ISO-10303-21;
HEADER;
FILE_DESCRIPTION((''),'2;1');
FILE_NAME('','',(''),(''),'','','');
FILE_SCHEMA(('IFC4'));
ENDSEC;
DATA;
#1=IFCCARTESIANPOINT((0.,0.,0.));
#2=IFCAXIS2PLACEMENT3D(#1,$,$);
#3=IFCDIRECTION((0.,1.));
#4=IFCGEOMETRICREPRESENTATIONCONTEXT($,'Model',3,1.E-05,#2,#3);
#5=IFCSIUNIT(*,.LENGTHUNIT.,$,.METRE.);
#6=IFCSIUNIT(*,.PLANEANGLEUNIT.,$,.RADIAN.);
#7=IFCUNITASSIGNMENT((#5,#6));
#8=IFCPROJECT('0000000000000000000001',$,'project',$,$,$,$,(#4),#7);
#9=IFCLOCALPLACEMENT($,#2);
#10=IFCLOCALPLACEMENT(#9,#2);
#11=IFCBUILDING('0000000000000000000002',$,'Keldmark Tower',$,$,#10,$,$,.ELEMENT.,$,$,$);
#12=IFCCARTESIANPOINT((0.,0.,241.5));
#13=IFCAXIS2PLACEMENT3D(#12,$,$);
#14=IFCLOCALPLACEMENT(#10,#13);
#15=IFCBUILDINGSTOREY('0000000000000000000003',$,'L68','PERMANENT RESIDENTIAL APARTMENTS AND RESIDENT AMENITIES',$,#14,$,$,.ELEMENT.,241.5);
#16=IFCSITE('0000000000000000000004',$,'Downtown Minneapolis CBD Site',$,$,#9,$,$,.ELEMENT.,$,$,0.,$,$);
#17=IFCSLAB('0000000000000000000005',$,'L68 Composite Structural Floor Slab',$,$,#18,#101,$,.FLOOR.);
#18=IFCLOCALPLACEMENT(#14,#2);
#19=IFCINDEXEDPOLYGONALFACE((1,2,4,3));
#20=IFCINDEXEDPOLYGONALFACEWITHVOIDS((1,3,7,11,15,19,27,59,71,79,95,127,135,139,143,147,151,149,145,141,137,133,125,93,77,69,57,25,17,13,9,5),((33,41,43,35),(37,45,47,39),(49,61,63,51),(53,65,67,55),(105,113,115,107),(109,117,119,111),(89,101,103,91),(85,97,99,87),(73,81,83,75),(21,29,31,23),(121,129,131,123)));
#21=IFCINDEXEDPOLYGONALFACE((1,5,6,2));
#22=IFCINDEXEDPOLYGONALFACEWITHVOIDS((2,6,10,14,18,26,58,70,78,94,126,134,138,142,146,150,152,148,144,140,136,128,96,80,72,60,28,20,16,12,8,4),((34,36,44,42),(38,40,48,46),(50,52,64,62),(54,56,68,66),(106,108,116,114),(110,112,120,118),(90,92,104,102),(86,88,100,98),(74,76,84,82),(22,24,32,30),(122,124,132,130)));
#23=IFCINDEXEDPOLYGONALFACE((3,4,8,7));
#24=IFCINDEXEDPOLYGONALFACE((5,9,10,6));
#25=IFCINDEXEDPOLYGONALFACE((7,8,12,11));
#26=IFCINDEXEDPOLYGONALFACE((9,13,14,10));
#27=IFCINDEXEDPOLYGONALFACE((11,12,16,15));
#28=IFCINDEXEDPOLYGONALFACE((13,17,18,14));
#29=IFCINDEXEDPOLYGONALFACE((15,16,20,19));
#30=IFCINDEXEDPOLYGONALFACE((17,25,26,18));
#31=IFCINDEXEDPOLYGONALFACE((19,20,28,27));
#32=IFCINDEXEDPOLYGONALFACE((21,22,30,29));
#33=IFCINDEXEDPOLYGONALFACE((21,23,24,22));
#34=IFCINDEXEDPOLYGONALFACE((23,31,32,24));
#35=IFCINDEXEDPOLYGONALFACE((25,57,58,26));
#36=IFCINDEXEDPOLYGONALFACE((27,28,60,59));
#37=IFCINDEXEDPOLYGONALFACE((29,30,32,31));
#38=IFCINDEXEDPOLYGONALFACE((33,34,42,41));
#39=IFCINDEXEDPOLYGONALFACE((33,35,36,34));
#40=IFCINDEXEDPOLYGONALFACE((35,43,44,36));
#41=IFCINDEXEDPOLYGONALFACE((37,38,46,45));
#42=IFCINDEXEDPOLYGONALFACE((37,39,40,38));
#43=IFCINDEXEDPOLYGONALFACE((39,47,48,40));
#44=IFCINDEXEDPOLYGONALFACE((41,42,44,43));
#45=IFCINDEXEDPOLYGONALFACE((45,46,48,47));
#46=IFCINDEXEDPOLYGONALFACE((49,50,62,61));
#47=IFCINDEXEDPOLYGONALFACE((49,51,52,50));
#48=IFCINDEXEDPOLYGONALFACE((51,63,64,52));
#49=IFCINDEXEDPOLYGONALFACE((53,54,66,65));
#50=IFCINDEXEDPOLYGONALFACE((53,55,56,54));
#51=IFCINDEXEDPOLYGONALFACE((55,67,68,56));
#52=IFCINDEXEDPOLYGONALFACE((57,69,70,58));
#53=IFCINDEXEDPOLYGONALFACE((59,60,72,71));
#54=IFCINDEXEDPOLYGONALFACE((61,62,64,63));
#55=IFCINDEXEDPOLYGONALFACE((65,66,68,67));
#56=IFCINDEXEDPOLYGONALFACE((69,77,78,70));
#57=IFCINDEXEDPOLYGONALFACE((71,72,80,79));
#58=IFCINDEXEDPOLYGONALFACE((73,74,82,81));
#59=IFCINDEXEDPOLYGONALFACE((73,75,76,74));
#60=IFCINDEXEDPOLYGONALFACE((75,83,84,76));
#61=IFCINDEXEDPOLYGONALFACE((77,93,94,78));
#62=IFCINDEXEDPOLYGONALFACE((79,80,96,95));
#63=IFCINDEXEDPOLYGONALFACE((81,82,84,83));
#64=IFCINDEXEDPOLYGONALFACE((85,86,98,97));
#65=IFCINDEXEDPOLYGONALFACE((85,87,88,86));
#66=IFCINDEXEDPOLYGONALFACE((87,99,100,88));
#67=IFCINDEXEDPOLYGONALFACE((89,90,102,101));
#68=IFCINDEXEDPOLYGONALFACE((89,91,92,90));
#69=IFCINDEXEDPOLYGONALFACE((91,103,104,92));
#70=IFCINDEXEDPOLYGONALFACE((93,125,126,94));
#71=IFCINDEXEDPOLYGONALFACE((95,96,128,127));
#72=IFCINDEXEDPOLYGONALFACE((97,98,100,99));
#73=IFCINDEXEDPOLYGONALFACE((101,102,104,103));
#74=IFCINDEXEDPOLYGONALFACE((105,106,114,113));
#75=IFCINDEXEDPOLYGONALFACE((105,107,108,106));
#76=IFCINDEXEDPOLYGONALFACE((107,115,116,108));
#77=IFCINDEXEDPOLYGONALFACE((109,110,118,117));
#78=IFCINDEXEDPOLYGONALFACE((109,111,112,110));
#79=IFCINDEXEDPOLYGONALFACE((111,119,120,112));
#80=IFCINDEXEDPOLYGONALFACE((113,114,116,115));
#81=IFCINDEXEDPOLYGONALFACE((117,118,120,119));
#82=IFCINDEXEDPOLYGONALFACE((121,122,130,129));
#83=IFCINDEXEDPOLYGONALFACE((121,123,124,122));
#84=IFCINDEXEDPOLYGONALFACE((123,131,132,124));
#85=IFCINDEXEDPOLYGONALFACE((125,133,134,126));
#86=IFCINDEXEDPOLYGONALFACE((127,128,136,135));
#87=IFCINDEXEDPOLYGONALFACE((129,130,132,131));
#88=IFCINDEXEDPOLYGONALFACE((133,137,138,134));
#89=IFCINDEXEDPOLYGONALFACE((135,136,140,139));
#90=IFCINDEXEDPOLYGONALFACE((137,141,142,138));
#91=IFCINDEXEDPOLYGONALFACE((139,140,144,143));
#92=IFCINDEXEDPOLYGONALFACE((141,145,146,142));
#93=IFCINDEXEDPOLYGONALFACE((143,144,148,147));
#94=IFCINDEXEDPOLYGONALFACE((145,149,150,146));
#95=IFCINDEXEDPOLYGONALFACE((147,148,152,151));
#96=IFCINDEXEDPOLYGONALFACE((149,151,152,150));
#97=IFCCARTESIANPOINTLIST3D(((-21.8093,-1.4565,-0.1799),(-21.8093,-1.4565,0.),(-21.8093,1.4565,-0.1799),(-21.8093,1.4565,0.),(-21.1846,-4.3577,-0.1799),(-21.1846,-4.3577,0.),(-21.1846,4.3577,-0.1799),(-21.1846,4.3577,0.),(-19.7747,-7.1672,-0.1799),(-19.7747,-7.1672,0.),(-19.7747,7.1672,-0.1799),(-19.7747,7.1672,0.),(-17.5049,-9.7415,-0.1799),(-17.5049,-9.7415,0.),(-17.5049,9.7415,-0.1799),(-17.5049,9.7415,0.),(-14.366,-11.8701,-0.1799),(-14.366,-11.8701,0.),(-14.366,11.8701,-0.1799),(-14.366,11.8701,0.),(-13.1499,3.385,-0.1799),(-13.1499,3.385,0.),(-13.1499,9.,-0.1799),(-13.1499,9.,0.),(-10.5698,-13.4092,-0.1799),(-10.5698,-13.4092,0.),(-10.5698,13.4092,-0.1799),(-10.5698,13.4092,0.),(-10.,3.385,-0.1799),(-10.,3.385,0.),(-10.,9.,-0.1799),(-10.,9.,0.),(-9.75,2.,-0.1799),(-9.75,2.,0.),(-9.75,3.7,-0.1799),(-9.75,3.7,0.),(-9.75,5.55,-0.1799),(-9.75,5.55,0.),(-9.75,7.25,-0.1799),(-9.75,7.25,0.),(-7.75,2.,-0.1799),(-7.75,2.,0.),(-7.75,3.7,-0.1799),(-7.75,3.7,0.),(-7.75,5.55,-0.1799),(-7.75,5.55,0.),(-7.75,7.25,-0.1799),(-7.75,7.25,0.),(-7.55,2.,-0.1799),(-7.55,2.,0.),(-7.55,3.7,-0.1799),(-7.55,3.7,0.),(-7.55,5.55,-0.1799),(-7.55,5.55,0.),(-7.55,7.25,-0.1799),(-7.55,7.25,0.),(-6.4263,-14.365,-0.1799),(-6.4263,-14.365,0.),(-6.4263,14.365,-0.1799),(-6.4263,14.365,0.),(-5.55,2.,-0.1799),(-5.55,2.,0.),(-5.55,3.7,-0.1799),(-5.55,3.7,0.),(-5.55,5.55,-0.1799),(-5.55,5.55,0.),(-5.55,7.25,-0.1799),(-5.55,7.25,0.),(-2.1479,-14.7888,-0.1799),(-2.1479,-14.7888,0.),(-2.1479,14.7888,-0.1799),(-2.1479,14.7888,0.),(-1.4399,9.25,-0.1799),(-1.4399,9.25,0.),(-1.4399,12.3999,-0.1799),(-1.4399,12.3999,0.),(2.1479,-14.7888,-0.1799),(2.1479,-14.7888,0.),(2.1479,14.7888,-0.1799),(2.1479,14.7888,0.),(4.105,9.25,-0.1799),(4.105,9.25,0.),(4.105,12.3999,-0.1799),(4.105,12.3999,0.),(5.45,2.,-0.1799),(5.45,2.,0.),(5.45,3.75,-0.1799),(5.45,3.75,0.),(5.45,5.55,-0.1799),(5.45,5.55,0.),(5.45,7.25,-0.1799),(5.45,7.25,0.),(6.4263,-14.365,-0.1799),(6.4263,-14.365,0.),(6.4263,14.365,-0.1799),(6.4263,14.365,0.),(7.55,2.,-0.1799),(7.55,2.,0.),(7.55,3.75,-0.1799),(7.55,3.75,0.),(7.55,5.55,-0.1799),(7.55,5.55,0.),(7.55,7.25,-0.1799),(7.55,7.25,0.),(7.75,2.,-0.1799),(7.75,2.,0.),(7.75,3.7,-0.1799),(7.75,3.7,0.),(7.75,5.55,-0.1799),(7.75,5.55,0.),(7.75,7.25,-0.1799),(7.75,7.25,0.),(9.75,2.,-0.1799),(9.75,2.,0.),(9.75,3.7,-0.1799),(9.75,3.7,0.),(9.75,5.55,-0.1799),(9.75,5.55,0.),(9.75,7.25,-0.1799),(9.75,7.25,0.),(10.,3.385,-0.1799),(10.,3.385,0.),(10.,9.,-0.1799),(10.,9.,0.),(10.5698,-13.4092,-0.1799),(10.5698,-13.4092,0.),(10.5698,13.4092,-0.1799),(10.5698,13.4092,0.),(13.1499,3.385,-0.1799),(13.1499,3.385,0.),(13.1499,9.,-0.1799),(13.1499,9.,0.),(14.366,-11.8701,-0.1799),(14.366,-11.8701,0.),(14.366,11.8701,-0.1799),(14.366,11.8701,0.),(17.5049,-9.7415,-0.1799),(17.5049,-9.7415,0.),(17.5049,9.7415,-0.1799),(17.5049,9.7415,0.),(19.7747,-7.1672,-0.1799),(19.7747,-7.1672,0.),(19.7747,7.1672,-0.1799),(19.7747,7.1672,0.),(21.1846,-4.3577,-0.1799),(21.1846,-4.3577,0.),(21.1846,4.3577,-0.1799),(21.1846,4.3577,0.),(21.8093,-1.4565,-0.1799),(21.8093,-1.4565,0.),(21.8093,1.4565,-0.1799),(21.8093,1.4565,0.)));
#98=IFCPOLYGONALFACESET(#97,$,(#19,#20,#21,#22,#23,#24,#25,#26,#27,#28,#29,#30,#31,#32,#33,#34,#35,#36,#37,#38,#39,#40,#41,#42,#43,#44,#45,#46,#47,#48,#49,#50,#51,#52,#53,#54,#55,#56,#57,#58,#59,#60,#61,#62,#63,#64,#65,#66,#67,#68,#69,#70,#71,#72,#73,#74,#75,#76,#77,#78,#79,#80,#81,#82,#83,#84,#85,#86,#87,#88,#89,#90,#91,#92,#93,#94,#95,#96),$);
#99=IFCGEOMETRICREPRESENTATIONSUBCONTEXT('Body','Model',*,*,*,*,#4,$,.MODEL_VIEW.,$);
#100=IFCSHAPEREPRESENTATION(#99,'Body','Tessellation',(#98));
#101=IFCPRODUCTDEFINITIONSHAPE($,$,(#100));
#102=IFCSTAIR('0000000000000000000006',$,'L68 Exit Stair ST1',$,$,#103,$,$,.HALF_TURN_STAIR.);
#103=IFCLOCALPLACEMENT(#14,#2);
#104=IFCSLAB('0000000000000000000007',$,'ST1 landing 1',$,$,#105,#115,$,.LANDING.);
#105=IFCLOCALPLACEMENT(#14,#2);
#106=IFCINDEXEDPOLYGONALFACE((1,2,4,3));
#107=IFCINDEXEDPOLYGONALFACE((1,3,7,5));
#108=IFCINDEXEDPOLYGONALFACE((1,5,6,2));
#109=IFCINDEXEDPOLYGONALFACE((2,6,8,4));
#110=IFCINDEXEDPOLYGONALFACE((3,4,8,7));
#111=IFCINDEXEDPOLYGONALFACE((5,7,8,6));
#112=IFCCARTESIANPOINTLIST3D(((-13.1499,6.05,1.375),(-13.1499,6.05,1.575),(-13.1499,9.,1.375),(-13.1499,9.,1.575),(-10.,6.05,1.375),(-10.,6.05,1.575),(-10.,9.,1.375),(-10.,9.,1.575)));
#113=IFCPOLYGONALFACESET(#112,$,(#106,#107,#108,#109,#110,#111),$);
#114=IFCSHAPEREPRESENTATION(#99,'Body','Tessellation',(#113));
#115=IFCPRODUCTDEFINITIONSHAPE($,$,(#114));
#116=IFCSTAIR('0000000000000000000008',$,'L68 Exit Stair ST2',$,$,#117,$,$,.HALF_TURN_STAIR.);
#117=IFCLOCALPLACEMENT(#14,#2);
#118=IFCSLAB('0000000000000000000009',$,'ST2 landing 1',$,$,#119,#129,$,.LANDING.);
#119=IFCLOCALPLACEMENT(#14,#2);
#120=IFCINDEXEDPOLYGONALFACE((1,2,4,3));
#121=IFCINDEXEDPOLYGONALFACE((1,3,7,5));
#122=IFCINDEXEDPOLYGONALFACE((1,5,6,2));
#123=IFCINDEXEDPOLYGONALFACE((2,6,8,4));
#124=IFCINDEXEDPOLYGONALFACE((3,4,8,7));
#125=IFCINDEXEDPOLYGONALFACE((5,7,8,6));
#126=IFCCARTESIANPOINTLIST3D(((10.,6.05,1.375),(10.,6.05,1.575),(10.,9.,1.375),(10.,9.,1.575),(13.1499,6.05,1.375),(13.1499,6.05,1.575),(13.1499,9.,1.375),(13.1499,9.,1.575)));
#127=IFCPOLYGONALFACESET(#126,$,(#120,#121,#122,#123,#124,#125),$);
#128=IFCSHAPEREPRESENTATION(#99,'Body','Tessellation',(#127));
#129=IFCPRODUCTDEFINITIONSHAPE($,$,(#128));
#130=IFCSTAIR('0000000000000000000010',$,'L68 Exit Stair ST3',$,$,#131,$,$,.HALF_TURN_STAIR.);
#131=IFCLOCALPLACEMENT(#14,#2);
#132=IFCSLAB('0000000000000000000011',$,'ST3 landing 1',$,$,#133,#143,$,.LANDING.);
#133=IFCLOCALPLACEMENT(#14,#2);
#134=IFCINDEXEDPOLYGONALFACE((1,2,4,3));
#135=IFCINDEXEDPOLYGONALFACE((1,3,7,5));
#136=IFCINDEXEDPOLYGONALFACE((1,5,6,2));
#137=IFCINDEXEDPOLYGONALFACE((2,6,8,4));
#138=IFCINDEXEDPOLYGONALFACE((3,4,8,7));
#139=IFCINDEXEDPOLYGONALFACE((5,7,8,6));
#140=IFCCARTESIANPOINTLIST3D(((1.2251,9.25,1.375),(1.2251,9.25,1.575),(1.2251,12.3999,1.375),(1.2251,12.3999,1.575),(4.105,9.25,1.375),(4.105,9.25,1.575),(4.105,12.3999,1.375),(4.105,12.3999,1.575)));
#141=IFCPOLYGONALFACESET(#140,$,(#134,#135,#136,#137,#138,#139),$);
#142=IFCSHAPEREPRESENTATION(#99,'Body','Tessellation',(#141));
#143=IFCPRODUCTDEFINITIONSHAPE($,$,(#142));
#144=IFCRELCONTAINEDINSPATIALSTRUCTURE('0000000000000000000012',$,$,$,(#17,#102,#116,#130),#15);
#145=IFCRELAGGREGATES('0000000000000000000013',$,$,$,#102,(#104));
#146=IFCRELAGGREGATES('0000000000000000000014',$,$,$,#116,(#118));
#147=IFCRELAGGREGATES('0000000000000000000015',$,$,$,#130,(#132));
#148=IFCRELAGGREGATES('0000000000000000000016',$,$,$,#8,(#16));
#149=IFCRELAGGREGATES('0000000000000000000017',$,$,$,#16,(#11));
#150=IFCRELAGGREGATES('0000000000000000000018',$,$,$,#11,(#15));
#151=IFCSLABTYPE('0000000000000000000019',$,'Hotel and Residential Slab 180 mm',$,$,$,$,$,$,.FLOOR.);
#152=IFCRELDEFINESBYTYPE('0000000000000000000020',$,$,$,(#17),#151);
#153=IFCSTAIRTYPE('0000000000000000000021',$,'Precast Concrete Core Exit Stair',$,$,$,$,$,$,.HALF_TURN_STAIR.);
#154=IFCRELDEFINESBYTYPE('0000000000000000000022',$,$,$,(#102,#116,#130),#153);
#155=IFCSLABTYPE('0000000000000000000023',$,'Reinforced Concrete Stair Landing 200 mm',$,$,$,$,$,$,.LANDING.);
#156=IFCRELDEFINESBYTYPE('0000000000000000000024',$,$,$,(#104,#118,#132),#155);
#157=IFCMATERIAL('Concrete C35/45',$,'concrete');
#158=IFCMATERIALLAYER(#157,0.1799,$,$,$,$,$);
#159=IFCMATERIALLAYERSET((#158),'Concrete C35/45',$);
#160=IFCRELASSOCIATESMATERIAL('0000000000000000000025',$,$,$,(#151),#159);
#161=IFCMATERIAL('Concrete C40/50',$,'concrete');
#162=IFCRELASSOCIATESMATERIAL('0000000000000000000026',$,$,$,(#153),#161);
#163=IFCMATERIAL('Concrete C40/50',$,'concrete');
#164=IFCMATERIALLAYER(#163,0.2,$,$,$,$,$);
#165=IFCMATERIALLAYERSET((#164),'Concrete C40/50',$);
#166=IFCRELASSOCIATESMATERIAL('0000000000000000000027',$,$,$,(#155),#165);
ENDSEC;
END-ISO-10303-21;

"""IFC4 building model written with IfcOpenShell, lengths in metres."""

from ifc_helpers import new_model, si_unit, direction, frame, origin, place, context, subcontext, project, spatial, polyline, outline, extrude, material, layer, layer_set, type_object, element, aggregate, save


model = new_model("IFC4")

# Units and contexts
model_context = context("Model", 3, precision=1e-05, world=origin(), true_north=direction((0.0, 1.0)))
body_context = subcontext(model_context, "Body", "Model", "MODEL_VIEW")
ifc_project = project(units=[si_unit("LENGTHUNIT", "METRE"), si_unit("PLANEANGLEUNIT", "RADIAN")], contexts=[model_context])

# Site, building, storey
site_placement = place(None, origin())
site = spatial("IfcSite", under=ifc_project, at=site_placement, Name="Downtown Minneapolis CBD Site", CompositionType="ELEMENT", RefElevation=0.0)
building_placement = place(site_placement, origin())
building = spatial("IfcBuilding", under=site, at=building_placement, Name="Keldmark Tower", CompositionType="ELEMENT")
storey_placement = place(building_placement, frame((0.0, 0.0, 241.5)))
storey = spatial("IfcBuildingStorey", under=building, at=storey_placement, Name="L68", Description="PERMANENT RESIDENTIAL APARTMENTS AND RESIDENT AMENITIES", CompositionType="ELEMENT", Elevation=241.5)

# Slab
ifc_material_1 = material(Name="Concrete C35/45", Category="concrete")
ifc_layer_1 = layer(ifc_material_1, 0.1799)
ifc_layer_set_1 = layer_set([ifc_layer_1], Name="Concrete C35/45")
slab_type_1 = type_object("IfcSlabType", Name="Hotel and Residential Slab 180 mm", PredefinedType="FLOOR", material=ifc_layer_set_1)
slab_1_placement = place(storey_placement, frame((0.0, 0.0, -0.1799)))
element("IfcSlab", 1, at=slab_1_placement, inside=storey, type_object=slab_type_1, Name="L68 Composite Structural Floor Slab", PredefinedType="FLOOR", context=body_context, shape_type="SweptSolid", body=[
    extrude(outline(polyline([(21.8093, 1.4565), (21.1846, 4.3577), (19.7747, 7.1672), (17.5049, 9.7415), (14.366, 11.8701), (10.5698, 13.4092), (6.4263, 14.365), (2.1479, 14.7888), (-2.1479, 14.7888), (-6.4263, 14.365), (-10.5698, 13.4092), (-14.366, 11.8701), (-17.5049, 9.7415), (-19.7747, 7.1672), (-21.1846, 4.3577), (-21.8093, 1.4565), (-21.8093, -1.4565), (-21.1846, -4.3577), (-19.7747, -7.1672), (-17.5049, -9.7415), (-14.366, -11.8701), (-10.5698, -13.4092), (-6.4263, -14.365), (-2.1479, -14.7888), (2.1479, -14.7888), (6.4263, -14.365), (10.5698, -13.4092), (14.366, -11.8701), (17.5049, -9.7415), (19.7747, -7.1672), (21.1846, -4.3577), (21.8093, -1.4565), (21.8093, 1.4565)]), holes=[polyline([(-10.0, 3.385), (-10.0, 9.0), (-13.1499, 9.0), (-13.1499, 3.385), (-10.0, 3.385)]), polyline([(13.1499, 3.385), (13.1499, 9.0), (10.0, 9.0), (10.0, 3.385), (13.1499, 3.385)]), polyline([(-1.4399, 9.25), (4.105, 9.25), (4.105, 12.3999), (-1.4399, 12.3999), (-1.4399, 9.25)]), polyline([(-9.75, 2.0), (-7.75, 2.0), (-7.75, 3.7), (-9.75, 3.7), (-9.75, 2.0)]), polyline([(7.75, 2.0), (9.75, 2.0), (9.75, 3.7), (7.75, 3.7), (7.75, 2.0)]), polyline([(5.45, 2.0), (7.55, 2.0), (7.55, 3.75), (5.45, 3.75), (5.45, 2.0)]), polyline([(-9.75, 5.55), (-7.75, 5.55), (-7.75, 7.25), (-9.75, 7.25), (-9.75, 5.55)]), polyline([(-7.55, 5.55), (-5.55, 5.55), (-5.55, 7.25), (-7.55, 7.25), (-7.55, 5.55)]), polyline([(-7.55, 2.0), (-5.55, 2.0), (-5.55, 3.7), (-7.55, 3.7), (-7.55, 2.0)]), polyline([(5.45, 5.55), (7.55, 5.55), (7.55, 7.25), (5.45, 7.25), (5.45, 5.55)]), polyline([(7.75, 5.55), (9.75, 5.55), (9.75, 7.25), (7.75, 7.25), (7.75, 5.55)])]), origin(), (0.0, 0.0, 1.0), 0.1799),
])

# Stairs, slabs
ifc_material_2 = material(Name="Concrete C40/50", Category="concrete")
stair_type = type_object("IfcStairType", Name="Precast Concrete Core Exit Stair", PredefinedType="HALF_TURN_STAIR", material=ifc_material_2)
stair_1_placement = place(storey_placement, origin())
stair_1 = element("IfcStair", 2, at=stair_1_placement, inside=storey, type_object=stair_type, Name="L68 Exit Stair ST1", PredefinedType="HALF_TURN_STAIR")
ifc_material_3 = material(Name="Concrete C40/50", Category="concrete")
ifc_layer_2 = layer(ifc_material_3, 0.2)
ifc_layer_set_2 = layer_set([ifc_layer_2], Name="Concrete C40/50")
slab_type_2 = type_object("IfcSlabType", Name="Reinforced Concrete Stair Landing 200 mm", PredefinedType="LANDING", material=ifc_layer_set_2)
slab_2_placement = place(storey_placement, frame((0.0, 0.0, 1.375)))
slab_2 = element("IfcSlab", 3, at=slab_2_placement, type_object=slab_type_2, Name="ST1 landing 1", PredefinedType="LANDING", context=body_context, shape_type="SweptSolid", body=[
    extrude(outline(polyline([(-10.0, 6.05), (-10.0, 9.0), (-13.1499, 9.0), (-13.1499, 6.05), (-10.0, 6.05)])), origin(), (0.0, 0.0, 1.0), 0.2),
])
aggregate(stair_1, [slab_2])
stair_2_placement = place(storey_placement, origin())
stair_2 = element("IfcStair", 4, at=stair_2_placement, inside=storey, type_object=stair_type, Name="L68 Exit Stair ST2", PredefinedType="HALF_TURN_STAIR")
slab_3_placement = place(storey_placement, frame((0.0, 0.0, 1.375)))
slab_3 = element("IfcSlab", 5, at=slab_3_placement, type_object=slab_type_2, Name="ST2 landing 1", PredefinedType="LANDING", context=body_context, shape_type="SweptSolid", body=[
    extrude(outline(polyline([(13.1499, 6.05), (13.1499, 9.0), (10.0, 9.0), (10.0, 6.05), (13.1499, 6.05)])), origin(), (0.0, 0.0, 1.0), 0.2),
])
aggregate(stair_2, [slab_3])
stair_3_placement = place(storey_placement, origin())
stair_3 = element("IfcStair", 6, at=stair_3_placement, inside=storey, type_object=stair_type, Name="L68 Exit Stair ST3", PredefinedType="HALF_TURN_STAIR")
slab_4_placement = place(storey_placement, frame((0.0, 0.0, 1.375)))
slab_4 = element("IfcSlab", 7, at=slab_4_placement, type_object=slab_type_2, Name="ST3 landing 1", PredefinedType="LANDING", context=body_context, shape_type="SweptSolid", body=[
    extrude(outline(polyline([(1.2251, 9.25), (4.105, 9.25), (4.105, 12.3999), (1.2251, 12.3999), (1.2251, 9.25)])), origin(), (0.0, 0.0, 1.0), 0.2),
])
aggregate(stair_3, [slab_4])

save(model, "model.ifc")
